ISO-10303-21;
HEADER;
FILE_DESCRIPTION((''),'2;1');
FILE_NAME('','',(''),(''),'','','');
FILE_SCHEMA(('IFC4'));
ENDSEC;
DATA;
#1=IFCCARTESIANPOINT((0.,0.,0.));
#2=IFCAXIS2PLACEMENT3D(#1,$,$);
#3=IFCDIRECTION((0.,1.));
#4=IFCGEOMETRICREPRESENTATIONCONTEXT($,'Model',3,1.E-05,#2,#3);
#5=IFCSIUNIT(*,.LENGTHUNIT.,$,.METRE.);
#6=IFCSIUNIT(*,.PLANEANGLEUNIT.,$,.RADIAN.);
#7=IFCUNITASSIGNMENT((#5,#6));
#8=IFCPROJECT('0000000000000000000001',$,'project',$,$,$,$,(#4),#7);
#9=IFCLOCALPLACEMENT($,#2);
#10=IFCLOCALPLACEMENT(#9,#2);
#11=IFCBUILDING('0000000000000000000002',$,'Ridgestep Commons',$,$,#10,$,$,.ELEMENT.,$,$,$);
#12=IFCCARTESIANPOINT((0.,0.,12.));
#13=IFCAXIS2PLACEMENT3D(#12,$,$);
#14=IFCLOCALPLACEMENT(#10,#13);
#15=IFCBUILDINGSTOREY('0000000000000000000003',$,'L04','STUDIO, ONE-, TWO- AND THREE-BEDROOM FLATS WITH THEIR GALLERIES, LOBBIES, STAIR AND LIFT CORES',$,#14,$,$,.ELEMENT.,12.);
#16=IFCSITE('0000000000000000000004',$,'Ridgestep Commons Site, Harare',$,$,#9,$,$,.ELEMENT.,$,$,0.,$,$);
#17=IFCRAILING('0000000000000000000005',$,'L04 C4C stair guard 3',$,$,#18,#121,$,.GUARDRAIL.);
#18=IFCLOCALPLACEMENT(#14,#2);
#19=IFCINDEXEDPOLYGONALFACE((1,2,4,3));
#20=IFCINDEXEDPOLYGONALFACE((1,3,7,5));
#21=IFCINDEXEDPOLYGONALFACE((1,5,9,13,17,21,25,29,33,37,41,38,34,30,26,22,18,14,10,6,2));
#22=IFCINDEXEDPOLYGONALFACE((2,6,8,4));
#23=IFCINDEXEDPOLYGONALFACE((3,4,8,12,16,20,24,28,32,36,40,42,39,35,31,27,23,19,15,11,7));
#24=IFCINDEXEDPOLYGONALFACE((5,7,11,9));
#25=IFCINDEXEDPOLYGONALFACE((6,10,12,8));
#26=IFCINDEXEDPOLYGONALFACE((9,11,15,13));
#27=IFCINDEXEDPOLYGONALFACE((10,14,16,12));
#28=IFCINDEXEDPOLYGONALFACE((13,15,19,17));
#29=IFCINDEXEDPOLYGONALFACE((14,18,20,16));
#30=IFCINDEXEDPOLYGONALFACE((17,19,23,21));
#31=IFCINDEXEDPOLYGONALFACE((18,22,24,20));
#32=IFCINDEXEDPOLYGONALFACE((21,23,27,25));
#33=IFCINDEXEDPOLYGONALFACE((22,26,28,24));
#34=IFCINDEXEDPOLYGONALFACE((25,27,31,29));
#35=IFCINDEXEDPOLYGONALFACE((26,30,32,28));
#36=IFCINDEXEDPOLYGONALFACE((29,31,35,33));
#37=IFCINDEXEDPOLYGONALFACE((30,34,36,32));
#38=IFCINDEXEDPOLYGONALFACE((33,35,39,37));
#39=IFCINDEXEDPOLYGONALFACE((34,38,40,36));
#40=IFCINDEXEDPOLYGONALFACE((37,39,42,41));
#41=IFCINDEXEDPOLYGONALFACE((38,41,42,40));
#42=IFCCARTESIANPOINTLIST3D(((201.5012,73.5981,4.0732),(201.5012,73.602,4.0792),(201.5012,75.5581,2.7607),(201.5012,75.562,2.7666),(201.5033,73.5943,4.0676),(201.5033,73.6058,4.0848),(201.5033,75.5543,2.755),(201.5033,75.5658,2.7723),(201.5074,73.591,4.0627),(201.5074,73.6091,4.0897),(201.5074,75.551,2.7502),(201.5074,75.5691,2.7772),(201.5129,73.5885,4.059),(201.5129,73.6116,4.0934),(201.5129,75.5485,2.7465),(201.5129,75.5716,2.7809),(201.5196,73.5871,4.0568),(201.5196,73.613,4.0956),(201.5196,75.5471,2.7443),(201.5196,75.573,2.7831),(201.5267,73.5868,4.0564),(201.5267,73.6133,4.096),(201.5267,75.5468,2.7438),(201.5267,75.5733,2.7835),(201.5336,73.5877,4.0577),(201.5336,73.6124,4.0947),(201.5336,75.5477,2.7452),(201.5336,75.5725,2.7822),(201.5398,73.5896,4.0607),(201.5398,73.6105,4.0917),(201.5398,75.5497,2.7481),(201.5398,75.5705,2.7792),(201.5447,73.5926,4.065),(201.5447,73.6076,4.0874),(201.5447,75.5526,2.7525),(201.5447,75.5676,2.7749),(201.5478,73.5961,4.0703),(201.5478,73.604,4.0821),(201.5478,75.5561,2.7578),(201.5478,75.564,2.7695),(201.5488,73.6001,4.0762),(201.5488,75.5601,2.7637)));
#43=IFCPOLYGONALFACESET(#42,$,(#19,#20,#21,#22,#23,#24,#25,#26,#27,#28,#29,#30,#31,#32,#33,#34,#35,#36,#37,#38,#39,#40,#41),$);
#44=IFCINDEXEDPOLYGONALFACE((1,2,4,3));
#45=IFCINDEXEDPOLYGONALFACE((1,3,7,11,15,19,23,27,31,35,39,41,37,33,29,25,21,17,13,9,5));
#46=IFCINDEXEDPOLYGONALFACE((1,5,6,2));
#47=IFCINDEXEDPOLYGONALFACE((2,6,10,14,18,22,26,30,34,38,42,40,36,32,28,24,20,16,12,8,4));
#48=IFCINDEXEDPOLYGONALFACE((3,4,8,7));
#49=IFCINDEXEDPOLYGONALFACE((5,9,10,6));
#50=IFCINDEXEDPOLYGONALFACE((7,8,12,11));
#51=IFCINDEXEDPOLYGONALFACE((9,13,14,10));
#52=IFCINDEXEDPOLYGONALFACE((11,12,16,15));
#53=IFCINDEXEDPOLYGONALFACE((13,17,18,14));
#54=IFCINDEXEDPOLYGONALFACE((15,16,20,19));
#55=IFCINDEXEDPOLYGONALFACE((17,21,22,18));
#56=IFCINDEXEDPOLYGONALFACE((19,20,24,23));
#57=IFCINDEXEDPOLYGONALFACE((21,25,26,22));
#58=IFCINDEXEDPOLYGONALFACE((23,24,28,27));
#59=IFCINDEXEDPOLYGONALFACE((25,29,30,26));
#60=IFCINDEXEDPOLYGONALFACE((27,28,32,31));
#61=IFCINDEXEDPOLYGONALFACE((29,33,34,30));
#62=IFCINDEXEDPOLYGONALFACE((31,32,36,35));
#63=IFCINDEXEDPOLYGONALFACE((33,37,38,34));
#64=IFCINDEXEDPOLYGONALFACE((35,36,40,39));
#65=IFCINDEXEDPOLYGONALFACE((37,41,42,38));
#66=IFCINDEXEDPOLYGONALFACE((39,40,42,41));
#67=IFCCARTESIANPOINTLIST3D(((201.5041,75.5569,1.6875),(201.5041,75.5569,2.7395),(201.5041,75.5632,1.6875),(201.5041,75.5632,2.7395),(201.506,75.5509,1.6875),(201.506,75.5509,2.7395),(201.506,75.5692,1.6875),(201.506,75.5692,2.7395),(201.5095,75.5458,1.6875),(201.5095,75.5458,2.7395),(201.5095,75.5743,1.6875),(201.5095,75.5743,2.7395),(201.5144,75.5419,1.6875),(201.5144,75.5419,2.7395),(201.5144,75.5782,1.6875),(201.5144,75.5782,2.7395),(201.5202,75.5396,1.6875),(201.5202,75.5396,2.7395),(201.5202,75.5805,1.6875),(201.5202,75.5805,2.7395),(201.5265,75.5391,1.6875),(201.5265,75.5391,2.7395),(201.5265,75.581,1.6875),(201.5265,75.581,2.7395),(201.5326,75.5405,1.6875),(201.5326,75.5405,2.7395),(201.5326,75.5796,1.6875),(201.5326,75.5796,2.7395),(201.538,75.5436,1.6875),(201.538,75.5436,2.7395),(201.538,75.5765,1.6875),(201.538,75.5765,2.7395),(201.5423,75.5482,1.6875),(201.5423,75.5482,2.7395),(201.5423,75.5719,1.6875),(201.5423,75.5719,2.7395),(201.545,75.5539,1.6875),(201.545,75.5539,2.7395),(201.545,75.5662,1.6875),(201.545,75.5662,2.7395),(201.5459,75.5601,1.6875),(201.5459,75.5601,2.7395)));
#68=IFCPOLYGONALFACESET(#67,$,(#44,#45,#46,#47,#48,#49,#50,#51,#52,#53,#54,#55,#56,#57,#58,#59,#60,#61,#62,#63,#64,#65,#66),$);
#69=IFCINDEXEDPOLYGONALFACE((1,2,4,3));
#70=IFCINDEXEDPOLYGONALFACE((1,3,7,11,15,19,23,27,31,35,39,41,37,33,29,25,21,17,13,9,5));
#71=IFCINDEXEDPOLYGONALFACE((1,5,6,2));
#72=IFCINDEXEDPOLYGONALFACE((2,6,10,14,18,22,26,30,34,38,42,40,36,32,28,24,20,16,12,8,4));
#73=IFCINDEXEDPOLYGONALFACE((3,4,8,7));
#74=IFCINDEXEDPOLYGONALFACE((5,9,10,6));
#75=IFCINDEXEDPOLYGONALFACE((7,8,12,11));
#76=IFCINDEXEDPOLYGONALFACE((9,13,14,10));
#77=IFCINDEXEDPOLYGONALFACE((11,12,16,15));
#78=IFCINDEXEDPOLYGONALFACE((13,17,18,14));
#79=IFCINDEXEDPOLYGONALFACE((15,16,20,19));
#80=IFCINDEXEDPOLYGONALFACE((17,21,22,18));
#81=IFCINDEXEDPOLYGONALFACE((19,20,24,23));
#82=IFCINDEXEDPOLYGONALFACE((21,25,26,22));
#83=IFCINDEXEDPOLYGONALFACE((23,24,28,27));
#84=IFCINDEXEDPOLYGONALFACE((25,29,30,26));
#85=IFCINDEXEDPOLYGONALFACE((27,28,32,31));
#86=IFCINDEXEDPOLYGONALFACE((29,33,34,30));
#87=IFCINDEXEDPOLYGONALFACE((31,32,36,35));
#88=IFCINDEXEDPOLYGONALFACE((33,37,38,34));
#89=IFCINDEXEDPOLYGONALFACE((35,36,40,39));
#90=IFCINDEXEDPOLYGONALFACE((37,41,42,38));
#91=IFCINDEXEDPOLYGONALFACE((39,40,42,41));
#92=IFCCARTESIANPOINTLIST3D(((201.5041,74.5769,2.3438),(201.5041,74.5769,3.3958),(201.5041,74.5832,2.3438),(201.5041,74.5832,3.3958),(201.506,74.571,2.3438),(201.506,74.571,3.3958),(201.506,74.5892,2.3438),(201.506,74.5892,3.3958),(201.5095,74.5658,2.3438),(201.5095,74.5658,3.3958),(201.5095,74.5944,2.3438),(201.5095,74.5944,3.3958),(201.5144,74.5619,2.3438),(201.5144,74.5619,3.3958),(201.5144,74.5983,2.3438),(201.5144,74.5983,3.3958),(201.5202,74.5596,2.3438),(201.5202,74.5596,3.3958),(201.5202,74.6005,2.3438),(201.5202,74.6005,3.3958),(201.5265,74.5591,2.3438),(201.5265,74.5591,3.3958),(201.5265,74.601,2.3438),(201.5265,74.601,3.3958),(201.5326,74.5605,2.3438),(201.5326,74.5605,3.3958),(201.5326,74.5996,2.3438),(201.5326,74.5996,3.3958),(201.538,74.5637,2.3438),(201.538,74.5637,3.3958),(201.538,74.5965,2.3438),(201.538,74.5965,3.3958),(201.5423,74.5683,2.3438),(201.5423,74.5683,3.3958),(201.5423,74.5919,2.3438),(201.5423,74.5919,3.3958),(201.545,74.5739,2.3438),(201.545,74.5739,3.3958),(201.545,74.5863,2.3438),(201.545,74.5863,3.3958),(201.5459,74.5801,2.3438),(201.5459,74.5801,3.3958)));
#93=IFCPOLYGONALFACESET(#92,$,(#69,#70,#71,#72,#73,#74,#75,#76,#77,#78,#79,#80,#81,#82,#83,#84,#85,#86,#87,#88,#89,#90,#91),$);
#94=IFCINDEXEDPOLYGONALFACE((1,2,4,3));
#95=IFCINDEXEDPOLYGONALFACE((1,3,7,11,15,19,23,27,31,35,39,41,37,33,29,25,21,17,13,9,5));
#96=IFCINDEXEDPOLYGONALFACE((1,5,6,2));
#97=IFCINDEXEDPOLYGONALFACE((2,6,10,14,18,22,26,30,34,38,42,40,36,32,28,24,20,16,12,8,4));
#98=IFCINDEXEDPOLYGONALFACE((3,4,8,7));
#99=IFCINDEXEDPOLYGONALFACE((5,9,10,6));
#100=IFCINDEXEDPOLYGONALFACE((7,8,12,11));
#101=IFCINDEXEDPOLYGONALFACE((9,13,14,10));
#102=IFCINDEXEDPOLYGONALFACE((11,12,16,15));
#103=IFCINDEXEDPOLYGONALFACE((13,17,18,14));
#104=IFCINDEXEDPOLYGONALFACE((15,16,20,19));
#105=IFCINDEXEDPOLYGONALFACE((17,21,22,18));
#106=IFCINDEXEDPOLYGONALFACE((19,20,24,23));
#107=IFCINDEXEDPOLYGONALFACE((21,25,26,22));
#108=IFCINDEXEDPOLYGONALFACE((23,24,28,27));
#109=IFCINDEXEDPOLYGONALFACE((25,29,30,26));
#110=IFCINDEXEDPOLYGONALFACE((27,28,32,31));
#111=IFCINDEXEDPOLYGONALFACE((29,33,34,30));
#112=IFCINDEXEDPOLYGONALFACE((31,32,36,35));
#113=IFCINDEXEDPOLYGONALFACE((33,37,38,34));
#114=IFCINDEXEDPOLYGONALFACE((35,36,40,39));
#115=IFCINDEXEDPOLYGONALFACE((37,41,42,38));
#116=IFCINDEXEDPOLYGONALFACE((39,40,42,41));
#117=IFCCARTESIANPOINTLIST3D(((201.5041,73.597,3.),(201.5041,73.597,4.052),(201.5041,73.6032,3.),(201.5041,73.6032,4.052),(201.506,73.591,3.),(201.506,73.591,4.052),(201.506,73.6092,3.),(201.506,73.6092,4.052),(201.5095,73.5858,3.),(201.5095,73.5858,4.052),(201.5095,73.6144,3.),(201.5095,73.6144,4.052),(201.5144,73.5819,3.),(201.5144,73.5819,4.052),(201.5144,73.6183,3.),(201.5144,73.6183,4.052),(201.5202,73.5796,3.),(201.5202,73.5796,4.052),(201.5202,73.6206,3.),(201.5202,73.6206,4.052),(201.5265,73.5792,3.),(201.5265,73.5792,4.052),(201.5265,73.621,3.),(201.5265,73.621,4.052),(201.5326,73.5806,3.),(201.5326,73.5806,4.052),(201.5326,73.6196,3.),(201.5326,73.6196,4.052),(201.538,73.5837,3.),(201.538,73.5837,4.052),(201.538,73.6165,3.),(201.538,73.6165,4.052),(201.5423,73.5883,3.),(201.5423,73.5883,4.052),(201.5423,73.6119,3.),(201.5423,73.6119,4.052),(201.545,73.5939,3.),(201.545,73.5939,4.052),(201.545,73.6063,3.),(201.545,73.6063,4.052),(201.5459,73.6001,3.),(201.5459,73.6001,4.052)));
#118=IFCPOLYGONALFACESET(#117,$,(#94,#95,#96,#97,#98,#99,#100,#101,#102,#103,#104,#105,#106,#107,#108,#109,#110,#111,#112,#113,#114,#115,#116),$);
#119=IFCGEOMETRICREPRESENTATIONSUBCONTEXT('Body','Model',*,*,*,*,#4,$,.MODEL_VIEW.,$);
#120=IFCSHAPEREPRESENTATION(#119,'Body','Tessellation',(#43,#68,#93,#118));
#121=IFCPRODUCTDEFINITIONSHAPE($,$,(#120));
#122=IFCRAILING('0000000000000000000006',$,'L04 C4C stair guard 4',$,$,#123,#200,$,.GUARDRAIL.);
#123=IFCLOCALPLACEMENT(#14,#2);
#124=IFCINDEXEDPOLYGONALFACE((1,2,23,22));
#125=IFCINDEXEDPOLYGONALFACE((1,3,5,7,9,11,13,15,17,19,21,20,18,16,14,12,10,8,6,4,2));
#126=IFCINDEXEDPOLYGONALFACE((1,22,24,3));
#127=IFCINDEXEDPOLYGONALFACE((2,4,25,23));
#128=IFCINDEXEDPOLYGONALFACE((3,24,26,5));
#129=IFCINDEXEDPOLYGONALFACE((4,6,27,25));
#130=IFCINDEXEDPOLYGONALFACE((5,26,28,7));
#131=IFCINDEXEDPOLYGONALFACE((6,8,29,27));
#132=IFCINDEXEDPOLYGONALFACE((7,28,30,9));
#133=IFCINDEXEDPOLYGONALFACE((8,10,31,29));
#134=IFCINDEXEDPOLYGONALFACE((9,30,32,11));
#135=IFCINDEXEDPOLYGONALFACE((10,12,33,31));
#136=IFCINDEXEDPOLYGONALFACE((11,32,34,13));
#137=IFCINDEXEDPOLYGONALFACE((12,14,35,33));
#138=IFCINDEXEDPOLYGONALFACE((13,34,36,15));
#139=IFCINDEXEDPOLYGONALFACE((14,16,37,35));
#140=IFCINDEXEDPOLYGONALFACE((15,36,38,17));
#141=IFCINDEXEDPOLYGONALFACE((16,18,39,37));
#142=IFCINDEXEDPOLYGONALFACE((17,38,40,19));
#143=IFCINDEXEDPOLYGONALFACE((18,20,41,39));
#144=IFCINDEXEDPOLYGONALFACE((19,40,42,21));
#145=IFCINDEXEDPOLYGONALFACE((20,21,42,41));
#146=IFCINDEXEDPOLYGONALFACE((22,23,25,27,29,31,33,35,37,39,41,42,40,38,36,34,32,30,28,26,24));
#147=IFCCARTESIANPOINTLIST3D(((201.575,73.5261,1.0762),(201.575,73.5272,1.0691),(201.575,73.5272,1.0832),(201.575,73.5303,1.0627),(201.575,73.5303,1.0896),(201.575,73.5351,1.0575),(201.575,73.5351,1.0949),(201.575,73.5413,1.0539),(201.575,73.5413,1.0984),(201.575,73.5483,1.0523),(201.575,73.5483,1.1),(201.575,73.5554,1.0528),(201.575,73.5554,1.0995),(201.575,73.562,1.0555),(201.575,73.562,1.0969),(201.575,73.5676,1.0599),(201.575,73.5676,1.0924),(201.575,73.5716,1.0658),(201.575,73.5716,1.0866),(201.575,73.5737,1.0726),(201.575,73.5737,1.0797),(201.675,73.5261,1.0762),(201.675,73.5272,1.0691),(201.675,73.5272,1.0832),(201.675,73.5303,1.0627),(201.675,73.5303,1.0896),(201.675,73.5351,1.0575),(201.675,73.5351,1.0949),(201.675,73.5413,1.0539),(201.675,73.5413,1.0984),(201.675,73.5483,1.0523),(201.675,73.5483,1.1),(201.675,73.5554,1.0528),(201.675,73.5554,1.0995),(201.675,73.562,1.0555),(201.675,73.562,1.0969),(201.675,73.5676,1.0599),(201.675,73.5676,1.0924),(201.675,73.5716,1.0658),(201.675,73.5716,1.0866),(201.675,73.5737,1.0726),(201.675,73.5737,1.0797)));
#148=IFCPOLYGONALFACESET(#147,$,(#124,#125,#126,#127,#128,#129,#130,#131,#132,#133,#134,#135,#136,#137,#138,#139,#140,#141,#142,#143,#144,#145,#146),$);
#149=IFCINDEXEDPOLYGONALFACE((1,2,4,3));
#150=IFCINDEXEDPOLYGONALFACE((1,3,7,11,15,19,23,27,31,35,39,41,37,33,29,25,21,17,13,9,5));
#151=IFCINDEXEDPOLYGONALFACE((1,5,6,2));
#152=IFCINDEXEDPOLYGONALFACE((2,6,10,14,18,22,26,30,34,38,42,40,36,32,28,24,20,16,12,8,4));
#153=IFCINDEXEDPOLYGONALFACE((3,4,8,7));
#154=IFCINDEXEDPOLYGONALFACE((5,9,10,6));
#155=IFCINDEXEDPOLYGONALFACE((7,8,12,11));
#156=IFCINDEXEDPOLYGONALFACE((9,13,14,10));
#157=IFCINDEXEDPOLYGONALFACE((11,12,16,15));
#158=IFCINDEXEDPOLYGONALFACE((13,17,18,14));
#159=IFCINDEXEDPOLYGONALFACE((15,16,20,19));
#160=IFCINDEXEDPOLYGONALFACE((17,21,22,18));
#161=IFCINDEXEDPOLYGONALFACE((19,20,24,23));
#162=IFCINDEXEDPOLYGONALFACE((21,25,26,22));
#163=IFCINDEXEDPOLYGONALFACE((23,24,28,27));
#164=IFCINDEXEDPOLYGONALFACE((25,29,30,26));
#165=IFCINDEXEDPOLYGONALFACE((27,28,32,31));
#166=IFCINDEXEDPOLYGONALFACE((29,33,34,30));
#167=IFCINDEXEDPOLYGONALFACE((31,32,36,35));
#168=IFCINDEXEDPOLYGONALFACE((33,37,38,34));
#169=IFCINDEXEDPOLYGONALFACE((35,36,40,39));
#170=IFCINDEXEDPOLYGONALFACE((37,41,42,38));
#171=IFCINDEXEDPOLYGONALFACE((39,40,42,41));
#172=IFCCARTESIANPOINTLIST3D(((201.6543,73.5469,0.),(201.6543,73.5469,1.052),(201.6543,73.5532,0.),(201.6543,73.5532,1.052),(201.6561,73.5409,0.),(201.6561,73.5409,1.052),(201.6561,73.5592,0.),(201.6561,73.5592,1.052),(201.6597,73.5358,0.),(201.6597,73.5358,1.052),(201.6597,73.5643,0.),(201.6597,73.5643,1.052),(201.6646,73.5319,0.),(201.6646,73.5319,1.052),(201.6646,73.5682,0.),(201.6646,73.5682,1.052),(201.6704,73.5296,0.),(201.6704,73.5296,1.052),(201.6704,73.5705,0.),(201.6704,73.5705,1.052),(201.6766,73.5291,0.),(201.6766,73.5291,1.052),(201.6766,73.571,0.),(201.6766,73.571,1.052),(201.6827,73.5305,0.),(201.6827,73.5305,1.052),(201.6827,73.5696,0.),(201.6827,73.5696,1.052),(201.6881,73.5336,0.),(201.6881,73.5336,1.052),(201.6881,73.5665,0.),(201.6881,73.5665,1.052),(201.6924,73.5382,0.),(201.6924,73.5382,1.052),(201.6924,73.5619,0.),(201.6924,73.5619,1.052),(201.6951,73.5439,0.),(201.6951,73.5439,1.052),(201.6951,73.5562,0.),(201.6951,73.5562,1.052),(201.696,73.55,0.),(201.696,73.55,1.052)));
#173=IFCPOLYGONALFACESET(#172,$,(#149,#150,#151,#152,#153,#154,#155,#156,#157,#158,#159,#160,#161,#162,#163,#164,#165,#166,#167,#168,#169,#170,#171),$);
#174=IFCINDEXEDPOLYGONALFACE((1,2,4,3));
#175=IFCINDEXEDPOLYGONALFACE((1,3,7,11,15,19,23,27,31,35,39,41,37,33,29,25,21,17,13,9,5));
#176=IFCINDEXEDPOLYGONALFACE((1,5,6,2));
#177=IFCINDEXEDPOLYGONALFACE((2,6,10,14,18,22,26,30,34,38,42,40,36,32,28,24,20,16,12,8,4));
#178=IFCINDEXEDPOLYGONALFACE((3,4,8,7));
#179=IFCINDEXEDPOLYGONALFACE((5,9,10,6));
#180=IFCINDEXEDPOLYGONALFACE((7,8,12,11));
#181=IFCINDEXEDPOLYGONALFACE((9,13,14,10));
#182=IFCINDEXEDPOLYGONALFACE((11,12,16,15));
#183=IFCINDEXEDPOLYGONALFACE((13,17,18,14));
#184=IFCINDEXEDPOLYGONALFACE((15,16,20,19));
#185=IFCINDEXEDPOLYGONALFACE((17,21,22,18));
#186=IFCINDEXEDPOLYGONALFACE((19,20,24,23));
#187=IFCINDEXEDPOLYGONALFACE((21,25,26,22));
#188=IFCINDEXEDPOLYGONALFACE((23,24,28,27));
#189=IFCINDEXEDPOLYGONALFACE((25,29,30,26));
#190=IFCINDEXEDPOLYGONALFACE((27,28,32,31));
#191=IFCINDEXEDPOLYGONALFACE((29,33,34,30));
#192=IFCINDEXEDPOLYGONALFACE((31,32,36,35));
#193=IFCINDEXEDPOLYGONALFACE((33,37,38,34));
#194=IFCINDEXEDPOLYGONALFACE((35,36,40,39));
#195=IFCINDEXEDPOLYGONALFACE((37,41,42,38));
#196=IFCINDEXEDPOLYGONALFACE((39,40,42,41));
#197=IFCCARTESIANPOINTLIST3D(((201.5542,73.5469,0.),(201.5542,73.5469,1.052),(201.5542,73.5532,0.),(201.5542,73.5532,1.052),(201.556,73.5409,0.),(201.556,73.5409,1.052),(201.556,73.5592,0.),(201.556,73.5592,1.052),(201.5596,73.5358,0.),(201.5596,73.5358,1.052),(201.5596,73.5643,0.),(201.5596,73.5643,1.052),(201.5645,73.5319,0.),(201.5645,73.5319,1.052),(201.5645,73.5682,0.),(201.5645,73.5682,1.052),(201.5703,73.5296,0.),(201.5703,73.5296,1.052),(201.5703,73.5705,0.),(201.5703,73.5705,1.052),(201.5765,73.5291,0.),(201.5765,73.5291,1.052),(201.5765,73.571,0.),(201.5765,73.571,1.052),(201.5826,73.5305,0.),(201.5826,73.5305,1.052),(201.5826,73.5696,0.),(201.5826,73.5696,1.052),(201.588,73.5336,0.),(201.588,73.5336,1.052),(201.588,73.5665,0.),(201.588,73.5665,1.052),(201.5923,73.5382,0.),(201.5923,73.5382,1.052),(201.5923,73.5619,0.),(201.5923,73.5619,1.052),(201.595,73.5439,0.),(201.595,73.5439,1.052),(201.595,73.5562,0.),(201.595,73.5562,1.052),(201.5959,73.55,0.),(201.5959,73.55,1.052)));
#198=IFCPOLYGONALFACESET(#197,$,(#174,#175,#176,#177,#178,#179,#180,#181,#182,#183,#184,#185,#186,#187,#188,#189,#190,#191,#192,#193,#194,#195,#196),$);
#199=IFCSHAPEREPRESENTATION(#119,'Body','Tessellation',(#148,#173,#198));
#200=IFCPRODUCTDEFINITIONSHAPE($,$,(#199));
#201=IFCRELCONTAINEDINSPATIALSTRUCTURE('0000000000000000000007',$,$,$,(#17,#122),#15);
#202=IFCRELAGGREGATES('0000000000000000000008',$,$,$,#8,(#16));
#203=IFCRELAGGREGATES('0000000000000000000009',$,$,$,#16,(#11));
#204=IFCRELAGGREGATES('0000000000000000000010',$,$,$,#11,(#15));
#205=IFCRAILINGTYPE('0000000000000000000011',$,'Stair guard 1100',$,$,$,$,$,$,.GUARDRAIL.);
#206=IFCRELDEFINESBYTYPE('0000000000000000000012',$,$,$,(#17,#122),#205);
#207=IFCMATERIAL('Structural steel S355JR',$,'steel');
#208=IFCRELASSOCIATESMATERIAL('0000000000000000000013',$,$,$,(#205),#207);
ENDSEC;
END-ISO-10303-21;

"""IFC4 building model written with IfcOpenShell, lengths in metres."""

from ifc_helpers import new_model, si_unit, direction, frame, origin, origin_2d, place, context, subcontext, project, spatial, circle, extrude, material, type_object, element, save


model = new_model("IFC4")

# Units and contexts
model_context = context("Model", 3, precision=1e-05, world=origin(), true_north=direction((0.0, 1.0)))
body_context = subcontext(model_context, "Body", "Model", "MODEL_VIEW")
ifc_project = project(units=[si_unit("LENGTHUNIT", "METRE"), si_unit("PLANEANGLEUNIT", "RADIAN")], contexts=[model_context])

# Site, building, storey
site_placement = place(None, origin())
site = spatial("IfcSite", under=ifc_project, at=site_placement, Name="Ridgestep Commons Site, Harare", CompositionType="ELEMENT", RefElevation=0.0)
building_placement = place(site_placement, origin())
building = spatial("IfcBuilding", under=site, at=building_placement, Name="Ridgestep Commons", CompositionType="ELEMENT")
storey_placement = place(building_placement, frame((0.0, 0.0, 12.0)))
storey = spatial("IfcBuildingStorey", under=building, at=storey_placement, Name="L04", Description="STUDIO, ONE-, TWO- AND THREE-BEDROOM FLATS WITH THEIR GALLERIES, LOBBIES, STAIR AND LIFT CORES", CompositionType="ELEMENT", Elevation=12.0)

# Railings
ifc_material_1 = material(Name="Structural steel S355JR", Category="steel")
railing_type_1 = type_object("IfcRailingType", Name="Stair guard 1100", PredefinedType="GUARDRAIL", material=ifc_material_1)
railing_1_placement = place(storey_placement, frame((201.5249, 75.5601, 1.6875)))
element("IfcRailing", 1, at=railing_1_placement, inside=storey, type_object=railing_type_1, Name="L04 C4C stair guard 3", PredefinedType="GUARDRAIL", context=body_context, shape_type="SweptSolid", body=[
    extrude(circle(Radius=0.0239, at=origin_2d()), frame((0.0, 0.0, 1.0762), z_axis=(0.0, -0.830902, 0.556419), x_axis=(1.0, 0.0, 0.0)), (0.0, 0.0, 1.0), 2.3589),
    extrude(circle(Radius=0.021, at=origin_2d()), origin(), (0.0, 0.0, 1.0), 1.052),
    extrude(circle(Radius=0.021, at=origin_2d()), frame((0.0, -0.98, 0.6562)), (0.0, 0.0, 1.0), 1.052),
    extrude(circle(Radius=0.021, at=origin_2d()), frame((0.0, -1.96, 1.3125)), (0.0, 0.0, 1.0), 1.052),
])
railing_2_placement = place(storey_placement, frame((201.675, 73.55, 0.0)))
element("IfcRailing", 2, at=railing_2_placement, inside=storey, type_object=railing_type_1, Name="L04 C4C stair guard 4", PredefinedType="GUARDRAIL", context=body_context, shape_type="SweptSolid", body=[
    extrude(circle(Radius=0.0239, at=origin_2d()), frame((0.0, 0.0, 1.0762), z_axis=(-1.0, 0.0, 0.0), x_axis=(0.0, -1.0, 0.0)), (0.0, 0.0, 1.0), 0.1001),
    extrude(circle(Radius=0.021, at=origin_2d()), origin(), (0.0, 0.0, 1.0), 1.052),
    extrude(circle(Radius=0.021, at=origin_2d()), frame((-0.1001, 0.0, 0.0)), (0.0, 0.0, 1.0), 1.052),
])

save(model, "model.ifc")
